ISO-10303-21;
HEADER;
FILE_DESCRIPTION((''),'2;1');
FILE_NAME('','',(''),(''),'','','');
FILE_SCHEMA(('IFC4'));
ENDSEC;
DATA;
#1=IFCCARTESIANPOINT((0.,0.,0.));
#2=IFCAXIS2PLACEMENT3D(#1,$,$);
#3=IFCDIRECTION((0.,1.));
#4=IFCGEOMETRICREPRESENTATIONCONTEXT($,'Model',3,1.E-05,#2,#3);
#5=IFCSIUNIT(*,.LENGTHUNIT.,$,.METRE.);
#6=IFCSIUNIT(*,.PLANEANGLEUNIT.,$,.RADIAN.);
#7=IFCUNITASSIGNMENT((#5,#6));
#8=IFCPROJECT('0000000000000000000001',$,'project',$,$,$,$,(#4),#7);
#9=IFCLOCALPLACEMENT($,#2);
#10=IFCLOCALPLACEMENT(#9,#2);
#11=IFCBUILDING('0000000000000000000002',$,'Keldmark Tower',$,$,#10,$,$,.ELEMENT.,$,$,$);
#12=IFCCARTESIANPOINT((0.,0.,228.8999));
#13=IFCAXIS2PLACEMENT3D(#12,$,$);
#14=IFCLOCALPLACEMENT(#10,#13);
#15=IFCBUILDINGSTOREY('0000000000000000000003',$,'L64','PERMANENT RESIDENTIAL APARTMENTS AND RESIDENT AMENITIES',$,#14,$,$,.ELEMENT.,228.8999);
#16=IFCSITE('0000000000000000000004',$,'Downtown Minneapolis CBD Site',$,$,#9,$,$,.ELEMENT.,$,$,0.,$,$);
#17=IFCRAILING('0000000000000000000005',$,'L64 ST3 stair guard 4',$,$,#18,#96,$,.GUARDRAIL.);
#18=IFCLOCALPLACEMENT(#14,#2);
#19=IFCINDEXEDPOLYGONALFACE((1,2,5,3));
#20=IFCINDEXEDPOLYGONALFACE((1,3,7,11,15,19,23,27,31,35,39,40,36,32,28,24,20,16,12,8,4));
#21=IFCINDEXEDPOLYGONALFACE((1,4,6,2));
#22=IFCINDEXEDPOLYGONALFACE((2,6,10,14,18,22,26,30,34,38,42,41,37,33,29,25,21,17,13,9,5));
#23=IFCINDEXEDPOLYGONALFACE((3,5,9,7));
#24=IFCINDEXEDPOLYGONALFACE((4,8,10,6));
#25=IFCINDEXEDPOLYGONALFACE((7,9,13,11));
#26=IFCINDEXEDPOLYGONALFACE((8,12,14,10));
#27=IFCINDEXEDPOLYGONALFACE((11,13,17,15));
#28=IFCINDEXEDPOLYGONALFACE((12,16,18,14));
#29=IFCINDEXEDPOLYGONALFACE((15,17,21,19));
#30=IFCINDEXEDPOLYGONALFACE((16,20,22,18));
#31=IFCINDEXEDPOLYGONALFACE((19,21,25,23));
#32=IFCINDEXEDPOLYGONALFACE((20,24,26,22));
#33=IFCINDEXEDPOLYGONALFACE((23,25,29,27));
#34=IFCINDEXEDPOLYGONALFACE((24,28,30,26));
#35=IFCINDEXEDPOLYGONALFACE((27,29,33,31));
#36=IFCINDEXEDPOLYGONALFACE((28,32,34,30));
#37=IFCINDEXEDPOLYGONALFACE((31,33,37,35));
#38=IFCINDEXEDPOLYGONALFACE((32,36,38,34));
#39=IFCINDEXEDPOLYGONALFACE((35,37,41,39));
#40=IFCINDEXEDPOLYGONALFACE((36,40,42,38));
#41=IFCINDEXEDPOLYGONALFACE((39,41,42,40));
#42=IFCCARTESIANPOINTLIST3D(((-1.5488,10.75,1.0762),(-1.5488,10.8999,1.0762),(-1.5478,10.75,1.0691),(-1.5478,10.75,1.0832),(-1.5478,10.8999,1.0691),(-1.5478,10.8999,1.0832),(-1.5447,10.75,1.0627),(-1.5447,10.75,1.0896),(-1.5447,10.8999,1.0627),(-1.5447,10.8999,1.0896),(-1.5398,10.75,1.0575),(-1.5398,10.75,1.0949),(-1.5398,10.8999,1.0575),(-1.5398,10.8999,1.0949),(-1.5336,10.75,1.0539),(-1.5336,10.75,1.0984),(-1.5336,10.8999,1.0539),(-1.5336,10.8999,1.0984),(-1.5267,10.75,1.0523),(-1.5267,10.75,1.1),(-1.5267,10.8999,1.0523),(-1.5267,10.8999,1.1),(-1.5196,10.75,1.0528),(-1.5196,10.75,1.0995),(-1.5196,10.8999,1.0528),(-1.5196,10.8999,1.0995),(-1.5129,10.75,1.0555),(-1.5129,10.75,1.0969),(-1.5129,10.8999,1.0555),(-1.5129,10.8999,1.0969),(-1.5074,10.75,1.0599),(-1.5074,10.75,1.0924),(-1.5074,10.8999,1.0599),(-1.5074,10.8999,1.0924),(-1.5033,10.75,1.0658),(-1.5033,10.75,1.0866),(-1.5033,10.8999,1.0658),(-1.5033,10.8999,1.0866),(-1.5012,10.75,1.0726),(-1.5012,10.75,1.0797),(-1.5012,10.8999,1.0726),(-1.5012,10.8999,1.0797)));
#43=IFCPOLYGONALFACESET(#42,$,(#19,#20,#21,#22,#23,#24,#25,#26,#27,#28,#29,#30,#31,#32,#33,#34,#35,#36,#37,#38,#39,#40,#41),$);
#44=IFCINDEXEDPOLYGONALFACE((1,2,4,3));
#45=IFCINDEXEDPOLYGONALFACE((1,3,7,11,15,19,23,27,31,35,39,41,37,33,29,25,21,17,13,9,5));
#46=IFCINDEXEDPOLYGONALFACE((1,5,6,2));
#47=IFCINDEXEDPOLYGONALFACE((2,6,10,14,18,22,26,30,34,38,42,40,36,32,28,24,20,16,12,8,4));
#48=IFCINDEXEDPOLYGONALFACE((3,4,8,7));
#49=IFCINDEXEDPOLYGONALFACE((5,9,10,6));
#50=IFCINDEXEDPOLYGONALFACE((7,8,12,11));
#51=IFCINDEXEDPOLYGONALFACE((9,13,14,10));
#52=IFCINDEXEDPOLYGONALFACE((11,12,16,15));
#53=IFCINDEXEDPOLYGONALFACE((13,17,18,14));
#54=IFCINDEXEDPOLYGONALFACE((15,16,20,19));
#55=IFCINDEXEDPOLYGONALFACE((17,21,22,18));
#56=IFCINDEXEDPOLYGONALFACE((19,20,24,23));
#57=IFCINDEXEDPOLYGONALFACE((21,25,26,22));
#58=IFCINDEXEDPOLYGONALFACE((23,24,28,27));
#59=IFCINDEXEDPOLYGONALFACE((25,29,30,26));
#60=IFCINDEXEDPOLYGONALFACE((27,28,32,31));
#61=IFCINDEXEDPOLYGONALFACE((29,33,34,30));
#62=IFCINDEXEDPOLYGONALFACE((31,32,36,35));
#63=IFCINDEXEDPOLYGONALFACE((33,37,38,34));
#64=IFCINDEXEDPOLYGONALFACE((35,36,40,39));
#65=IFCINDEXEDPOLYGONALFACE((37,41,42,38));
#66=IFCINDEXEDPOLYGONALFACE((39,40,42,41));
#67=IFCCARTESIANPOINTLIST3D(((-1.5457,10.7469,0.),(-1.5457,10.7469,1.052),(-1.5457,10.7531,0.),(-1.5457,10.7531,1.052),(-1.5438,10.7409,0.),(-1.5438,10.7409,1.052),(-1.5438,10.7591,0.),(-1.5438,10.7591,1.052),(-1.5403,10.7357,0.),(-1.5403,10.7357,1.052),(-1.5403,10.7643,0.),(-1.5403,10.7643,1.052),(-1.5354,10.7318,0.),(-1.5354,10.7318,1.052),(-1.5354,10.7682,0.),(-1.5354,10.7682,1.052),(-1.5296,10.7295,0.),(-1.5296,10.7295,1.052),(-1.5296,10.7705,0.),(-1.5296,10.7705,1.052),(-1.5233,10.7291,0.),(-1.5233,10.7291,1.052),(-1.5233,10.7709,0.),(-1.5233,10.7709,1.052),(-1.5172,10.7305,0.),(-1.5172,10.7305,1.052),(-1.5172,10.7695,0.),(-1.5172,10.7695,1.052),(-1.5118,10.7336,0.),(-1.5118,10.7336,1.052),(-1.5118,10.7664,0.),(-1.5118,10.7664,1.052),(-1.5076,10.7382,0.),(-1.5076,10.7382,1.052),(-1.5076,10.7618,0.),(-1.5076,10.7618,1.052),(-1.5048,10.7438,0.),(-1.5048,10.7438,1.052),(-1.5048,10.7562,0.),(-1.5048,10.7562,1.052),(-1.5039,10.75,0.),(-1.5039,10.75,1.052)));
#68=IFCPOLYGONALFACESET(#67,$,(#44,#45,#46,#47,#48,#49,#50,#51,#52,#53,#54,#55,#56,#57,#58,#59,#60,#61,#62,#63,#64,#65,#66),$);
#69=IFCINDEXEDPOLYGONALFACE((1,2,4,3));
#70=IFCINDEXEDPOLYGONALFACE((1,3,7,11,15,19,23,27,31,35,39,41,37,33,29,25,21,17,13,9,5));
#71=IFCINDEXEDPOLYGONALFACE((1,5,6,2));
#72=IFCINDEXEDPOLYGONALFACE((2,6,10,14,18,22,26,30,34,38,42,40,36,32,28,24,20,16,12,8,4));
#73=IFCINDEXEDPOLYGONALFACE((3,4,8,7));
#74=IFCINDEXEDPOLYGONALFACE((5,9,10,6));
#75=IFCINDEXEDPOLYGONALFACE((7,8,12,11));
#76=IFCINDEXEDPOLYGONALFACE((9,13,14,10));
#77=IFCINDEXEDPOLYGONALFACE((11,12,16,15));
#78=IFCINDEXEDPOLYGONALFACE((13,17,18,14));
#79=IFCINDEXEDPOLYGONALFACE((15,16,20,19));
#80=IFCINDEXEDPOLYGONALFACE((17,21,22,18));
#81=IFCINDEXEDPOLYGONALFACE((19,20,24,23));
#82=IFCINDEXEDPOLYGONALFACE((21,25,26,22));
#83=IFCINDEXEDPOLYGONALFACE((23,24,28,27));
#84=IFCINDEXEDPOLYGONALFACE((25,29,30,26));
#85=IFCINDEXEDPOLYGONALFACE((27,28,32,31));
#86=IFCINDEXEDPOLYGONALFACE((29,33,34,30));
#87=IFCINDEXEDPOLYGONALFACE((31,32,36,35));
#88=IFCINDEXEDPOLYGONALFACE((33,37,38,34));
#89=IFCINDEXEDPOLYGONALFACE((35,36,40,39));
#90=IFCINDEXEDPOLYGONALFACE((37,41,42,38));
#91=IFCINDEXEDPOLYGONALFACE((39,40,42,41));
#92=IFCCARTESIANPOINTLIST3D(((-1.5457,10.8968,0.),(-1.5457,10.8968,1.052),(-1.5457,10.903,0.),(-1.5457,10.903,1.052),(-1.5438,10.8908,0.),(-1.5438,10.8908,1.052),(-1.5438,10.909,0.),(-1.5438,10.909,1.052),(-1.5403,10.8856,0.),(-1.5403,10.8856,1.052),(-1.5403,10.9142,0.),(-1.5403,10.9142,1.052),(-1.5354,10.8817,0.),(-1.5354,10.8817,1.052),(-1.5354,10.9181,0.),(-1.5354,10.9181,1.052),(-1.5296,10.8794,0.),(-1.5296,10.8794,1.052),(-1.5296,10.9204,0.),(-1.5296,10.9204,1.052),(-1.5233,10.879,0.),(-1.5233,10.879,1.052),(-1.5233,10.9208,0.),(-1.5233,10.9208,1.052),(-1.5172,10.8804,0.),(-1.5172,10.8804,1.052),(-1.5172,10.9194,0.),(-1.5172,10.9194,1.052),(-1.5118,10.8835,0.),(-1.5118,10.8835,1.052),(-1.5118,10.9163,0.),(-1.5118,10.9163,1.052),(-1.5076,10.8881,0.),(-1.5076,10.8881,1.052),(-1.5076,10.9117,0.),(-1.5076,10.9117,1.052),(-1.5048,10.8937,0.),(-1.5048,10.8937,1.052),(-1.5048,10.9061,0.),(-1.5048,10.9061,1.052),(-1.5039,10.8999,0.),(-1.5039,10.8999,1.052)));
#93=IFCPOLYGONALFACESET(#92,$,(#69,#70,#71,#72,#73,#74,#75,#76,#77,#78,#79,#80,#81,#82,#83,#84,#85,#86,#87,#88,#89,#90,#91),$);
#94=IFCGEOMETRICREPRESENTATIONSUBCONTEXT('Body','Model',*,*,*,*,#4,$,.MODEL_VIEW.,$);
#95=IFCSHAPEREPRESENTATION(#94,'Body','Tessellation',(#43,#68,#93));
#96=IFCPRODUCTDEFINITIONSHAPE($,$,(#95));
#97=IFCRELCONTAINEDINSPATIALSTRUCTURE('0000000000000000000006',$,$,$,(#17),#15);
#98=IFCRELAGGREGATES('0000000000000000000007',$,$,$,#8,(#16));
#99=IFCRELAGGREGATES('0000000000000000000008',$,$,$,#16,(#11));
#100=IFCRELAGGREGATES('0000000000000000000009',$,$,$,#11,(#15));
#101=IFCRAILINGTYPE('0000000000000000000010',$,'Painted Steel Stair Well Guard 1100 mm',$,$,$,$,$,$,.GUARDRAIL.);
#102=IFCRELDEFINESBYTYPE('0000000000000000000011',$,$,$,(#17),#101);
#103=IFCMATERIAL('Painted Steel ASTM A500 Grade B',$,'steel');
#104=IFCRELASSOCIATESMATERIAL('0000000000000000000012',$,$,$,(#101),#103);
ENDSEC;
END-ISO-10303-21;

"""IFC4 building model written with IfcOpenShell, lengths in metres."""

from ifc_helpers import new_model, si_unit, direction, frame, origin, origin_2d, place, context, subcontext, project, spatial, circle, extrude, material, type_object, element, save


model = new_model("IFC4")

# Units and contexts
model_context = context("Model", 3, precision=1e-05, world=origin(), true_north=direction((0.0, 1.0)))
body_context = subcontext(model_context, "Body", "Model", "MODEL_VIEW")
ifc_project = project(units=[si_unit("LENGTHUNIT", "METRE"), si_unit("PLANEANGLEUNIT", "RADIAN")], contexts=[model_context])

# Site, building, storey
site_placement = place(None, origin())
site = spatial("IfcSite", under=ifc_project, at=site_placement, Name="Downtown Minneapolis CBD Site", CompositionType="ELEMENT", RefElevation=0.0)
building_placement = place(site_placement, origin())
building = spatial("IfcBuilding", under=site, at=building_placement, Name="Keldmark Tower", CompositionType="ELEMENT")
storey_placement = place(building_placement, frame((0.0, 0.0, 228.8999)))
storey = spatial("IfcBuildingStorey", under=building, at=storey_placement, Name="L64", Description="PERMANENT RESIDENTIAL APARTMENTS AND RESIDENT AMENITIES", CompositionType="ELEMENT", Elevation=228.8999)

# Railing
ifc_material_1 = material(Name="Painted Steel ASTM A500 Grade B", Category="steel")
railing_type_1 = type_object("IfcRailingType", Name="Painted Steel Stair Well Guard 1100 mm", PredefinedType="GUARDRAIL", material=ifc_material_1)
railing_1_placement = place(storey_placement, frame((-1.5249, 10.75, 0.0)))
element("IfcRailing", 1, at=railing_1_placement, inside=storey, type_object=railing_type_1, Name="L64 ST3 stair guard 4", PredefinedType="GUARDRAIL", context=body_context, shape_type="SweptSolid", body=[
    extrude(circle(Radius=0.0239, at=origin_2d()), frame((0.0, 0.0, 1.0762), z_axis=(0.0, 1.0, 0.0), x_axis=(-1.0, 0.0, 0.0)), (0.0, 0.0, 1.0), 0.1499),
    extrude(circle(Radius=0.021, at=origin_2d()), origin(), (0.0, 0.0, 1.0), 1.052),
    extrude(circle(Radius=0.021, at=origin_2d()), frame((0.0, 0.1499, 0.0)), (0.0, 0.0, 1.0), 1.052),
])

save(model, "model.ifc")
